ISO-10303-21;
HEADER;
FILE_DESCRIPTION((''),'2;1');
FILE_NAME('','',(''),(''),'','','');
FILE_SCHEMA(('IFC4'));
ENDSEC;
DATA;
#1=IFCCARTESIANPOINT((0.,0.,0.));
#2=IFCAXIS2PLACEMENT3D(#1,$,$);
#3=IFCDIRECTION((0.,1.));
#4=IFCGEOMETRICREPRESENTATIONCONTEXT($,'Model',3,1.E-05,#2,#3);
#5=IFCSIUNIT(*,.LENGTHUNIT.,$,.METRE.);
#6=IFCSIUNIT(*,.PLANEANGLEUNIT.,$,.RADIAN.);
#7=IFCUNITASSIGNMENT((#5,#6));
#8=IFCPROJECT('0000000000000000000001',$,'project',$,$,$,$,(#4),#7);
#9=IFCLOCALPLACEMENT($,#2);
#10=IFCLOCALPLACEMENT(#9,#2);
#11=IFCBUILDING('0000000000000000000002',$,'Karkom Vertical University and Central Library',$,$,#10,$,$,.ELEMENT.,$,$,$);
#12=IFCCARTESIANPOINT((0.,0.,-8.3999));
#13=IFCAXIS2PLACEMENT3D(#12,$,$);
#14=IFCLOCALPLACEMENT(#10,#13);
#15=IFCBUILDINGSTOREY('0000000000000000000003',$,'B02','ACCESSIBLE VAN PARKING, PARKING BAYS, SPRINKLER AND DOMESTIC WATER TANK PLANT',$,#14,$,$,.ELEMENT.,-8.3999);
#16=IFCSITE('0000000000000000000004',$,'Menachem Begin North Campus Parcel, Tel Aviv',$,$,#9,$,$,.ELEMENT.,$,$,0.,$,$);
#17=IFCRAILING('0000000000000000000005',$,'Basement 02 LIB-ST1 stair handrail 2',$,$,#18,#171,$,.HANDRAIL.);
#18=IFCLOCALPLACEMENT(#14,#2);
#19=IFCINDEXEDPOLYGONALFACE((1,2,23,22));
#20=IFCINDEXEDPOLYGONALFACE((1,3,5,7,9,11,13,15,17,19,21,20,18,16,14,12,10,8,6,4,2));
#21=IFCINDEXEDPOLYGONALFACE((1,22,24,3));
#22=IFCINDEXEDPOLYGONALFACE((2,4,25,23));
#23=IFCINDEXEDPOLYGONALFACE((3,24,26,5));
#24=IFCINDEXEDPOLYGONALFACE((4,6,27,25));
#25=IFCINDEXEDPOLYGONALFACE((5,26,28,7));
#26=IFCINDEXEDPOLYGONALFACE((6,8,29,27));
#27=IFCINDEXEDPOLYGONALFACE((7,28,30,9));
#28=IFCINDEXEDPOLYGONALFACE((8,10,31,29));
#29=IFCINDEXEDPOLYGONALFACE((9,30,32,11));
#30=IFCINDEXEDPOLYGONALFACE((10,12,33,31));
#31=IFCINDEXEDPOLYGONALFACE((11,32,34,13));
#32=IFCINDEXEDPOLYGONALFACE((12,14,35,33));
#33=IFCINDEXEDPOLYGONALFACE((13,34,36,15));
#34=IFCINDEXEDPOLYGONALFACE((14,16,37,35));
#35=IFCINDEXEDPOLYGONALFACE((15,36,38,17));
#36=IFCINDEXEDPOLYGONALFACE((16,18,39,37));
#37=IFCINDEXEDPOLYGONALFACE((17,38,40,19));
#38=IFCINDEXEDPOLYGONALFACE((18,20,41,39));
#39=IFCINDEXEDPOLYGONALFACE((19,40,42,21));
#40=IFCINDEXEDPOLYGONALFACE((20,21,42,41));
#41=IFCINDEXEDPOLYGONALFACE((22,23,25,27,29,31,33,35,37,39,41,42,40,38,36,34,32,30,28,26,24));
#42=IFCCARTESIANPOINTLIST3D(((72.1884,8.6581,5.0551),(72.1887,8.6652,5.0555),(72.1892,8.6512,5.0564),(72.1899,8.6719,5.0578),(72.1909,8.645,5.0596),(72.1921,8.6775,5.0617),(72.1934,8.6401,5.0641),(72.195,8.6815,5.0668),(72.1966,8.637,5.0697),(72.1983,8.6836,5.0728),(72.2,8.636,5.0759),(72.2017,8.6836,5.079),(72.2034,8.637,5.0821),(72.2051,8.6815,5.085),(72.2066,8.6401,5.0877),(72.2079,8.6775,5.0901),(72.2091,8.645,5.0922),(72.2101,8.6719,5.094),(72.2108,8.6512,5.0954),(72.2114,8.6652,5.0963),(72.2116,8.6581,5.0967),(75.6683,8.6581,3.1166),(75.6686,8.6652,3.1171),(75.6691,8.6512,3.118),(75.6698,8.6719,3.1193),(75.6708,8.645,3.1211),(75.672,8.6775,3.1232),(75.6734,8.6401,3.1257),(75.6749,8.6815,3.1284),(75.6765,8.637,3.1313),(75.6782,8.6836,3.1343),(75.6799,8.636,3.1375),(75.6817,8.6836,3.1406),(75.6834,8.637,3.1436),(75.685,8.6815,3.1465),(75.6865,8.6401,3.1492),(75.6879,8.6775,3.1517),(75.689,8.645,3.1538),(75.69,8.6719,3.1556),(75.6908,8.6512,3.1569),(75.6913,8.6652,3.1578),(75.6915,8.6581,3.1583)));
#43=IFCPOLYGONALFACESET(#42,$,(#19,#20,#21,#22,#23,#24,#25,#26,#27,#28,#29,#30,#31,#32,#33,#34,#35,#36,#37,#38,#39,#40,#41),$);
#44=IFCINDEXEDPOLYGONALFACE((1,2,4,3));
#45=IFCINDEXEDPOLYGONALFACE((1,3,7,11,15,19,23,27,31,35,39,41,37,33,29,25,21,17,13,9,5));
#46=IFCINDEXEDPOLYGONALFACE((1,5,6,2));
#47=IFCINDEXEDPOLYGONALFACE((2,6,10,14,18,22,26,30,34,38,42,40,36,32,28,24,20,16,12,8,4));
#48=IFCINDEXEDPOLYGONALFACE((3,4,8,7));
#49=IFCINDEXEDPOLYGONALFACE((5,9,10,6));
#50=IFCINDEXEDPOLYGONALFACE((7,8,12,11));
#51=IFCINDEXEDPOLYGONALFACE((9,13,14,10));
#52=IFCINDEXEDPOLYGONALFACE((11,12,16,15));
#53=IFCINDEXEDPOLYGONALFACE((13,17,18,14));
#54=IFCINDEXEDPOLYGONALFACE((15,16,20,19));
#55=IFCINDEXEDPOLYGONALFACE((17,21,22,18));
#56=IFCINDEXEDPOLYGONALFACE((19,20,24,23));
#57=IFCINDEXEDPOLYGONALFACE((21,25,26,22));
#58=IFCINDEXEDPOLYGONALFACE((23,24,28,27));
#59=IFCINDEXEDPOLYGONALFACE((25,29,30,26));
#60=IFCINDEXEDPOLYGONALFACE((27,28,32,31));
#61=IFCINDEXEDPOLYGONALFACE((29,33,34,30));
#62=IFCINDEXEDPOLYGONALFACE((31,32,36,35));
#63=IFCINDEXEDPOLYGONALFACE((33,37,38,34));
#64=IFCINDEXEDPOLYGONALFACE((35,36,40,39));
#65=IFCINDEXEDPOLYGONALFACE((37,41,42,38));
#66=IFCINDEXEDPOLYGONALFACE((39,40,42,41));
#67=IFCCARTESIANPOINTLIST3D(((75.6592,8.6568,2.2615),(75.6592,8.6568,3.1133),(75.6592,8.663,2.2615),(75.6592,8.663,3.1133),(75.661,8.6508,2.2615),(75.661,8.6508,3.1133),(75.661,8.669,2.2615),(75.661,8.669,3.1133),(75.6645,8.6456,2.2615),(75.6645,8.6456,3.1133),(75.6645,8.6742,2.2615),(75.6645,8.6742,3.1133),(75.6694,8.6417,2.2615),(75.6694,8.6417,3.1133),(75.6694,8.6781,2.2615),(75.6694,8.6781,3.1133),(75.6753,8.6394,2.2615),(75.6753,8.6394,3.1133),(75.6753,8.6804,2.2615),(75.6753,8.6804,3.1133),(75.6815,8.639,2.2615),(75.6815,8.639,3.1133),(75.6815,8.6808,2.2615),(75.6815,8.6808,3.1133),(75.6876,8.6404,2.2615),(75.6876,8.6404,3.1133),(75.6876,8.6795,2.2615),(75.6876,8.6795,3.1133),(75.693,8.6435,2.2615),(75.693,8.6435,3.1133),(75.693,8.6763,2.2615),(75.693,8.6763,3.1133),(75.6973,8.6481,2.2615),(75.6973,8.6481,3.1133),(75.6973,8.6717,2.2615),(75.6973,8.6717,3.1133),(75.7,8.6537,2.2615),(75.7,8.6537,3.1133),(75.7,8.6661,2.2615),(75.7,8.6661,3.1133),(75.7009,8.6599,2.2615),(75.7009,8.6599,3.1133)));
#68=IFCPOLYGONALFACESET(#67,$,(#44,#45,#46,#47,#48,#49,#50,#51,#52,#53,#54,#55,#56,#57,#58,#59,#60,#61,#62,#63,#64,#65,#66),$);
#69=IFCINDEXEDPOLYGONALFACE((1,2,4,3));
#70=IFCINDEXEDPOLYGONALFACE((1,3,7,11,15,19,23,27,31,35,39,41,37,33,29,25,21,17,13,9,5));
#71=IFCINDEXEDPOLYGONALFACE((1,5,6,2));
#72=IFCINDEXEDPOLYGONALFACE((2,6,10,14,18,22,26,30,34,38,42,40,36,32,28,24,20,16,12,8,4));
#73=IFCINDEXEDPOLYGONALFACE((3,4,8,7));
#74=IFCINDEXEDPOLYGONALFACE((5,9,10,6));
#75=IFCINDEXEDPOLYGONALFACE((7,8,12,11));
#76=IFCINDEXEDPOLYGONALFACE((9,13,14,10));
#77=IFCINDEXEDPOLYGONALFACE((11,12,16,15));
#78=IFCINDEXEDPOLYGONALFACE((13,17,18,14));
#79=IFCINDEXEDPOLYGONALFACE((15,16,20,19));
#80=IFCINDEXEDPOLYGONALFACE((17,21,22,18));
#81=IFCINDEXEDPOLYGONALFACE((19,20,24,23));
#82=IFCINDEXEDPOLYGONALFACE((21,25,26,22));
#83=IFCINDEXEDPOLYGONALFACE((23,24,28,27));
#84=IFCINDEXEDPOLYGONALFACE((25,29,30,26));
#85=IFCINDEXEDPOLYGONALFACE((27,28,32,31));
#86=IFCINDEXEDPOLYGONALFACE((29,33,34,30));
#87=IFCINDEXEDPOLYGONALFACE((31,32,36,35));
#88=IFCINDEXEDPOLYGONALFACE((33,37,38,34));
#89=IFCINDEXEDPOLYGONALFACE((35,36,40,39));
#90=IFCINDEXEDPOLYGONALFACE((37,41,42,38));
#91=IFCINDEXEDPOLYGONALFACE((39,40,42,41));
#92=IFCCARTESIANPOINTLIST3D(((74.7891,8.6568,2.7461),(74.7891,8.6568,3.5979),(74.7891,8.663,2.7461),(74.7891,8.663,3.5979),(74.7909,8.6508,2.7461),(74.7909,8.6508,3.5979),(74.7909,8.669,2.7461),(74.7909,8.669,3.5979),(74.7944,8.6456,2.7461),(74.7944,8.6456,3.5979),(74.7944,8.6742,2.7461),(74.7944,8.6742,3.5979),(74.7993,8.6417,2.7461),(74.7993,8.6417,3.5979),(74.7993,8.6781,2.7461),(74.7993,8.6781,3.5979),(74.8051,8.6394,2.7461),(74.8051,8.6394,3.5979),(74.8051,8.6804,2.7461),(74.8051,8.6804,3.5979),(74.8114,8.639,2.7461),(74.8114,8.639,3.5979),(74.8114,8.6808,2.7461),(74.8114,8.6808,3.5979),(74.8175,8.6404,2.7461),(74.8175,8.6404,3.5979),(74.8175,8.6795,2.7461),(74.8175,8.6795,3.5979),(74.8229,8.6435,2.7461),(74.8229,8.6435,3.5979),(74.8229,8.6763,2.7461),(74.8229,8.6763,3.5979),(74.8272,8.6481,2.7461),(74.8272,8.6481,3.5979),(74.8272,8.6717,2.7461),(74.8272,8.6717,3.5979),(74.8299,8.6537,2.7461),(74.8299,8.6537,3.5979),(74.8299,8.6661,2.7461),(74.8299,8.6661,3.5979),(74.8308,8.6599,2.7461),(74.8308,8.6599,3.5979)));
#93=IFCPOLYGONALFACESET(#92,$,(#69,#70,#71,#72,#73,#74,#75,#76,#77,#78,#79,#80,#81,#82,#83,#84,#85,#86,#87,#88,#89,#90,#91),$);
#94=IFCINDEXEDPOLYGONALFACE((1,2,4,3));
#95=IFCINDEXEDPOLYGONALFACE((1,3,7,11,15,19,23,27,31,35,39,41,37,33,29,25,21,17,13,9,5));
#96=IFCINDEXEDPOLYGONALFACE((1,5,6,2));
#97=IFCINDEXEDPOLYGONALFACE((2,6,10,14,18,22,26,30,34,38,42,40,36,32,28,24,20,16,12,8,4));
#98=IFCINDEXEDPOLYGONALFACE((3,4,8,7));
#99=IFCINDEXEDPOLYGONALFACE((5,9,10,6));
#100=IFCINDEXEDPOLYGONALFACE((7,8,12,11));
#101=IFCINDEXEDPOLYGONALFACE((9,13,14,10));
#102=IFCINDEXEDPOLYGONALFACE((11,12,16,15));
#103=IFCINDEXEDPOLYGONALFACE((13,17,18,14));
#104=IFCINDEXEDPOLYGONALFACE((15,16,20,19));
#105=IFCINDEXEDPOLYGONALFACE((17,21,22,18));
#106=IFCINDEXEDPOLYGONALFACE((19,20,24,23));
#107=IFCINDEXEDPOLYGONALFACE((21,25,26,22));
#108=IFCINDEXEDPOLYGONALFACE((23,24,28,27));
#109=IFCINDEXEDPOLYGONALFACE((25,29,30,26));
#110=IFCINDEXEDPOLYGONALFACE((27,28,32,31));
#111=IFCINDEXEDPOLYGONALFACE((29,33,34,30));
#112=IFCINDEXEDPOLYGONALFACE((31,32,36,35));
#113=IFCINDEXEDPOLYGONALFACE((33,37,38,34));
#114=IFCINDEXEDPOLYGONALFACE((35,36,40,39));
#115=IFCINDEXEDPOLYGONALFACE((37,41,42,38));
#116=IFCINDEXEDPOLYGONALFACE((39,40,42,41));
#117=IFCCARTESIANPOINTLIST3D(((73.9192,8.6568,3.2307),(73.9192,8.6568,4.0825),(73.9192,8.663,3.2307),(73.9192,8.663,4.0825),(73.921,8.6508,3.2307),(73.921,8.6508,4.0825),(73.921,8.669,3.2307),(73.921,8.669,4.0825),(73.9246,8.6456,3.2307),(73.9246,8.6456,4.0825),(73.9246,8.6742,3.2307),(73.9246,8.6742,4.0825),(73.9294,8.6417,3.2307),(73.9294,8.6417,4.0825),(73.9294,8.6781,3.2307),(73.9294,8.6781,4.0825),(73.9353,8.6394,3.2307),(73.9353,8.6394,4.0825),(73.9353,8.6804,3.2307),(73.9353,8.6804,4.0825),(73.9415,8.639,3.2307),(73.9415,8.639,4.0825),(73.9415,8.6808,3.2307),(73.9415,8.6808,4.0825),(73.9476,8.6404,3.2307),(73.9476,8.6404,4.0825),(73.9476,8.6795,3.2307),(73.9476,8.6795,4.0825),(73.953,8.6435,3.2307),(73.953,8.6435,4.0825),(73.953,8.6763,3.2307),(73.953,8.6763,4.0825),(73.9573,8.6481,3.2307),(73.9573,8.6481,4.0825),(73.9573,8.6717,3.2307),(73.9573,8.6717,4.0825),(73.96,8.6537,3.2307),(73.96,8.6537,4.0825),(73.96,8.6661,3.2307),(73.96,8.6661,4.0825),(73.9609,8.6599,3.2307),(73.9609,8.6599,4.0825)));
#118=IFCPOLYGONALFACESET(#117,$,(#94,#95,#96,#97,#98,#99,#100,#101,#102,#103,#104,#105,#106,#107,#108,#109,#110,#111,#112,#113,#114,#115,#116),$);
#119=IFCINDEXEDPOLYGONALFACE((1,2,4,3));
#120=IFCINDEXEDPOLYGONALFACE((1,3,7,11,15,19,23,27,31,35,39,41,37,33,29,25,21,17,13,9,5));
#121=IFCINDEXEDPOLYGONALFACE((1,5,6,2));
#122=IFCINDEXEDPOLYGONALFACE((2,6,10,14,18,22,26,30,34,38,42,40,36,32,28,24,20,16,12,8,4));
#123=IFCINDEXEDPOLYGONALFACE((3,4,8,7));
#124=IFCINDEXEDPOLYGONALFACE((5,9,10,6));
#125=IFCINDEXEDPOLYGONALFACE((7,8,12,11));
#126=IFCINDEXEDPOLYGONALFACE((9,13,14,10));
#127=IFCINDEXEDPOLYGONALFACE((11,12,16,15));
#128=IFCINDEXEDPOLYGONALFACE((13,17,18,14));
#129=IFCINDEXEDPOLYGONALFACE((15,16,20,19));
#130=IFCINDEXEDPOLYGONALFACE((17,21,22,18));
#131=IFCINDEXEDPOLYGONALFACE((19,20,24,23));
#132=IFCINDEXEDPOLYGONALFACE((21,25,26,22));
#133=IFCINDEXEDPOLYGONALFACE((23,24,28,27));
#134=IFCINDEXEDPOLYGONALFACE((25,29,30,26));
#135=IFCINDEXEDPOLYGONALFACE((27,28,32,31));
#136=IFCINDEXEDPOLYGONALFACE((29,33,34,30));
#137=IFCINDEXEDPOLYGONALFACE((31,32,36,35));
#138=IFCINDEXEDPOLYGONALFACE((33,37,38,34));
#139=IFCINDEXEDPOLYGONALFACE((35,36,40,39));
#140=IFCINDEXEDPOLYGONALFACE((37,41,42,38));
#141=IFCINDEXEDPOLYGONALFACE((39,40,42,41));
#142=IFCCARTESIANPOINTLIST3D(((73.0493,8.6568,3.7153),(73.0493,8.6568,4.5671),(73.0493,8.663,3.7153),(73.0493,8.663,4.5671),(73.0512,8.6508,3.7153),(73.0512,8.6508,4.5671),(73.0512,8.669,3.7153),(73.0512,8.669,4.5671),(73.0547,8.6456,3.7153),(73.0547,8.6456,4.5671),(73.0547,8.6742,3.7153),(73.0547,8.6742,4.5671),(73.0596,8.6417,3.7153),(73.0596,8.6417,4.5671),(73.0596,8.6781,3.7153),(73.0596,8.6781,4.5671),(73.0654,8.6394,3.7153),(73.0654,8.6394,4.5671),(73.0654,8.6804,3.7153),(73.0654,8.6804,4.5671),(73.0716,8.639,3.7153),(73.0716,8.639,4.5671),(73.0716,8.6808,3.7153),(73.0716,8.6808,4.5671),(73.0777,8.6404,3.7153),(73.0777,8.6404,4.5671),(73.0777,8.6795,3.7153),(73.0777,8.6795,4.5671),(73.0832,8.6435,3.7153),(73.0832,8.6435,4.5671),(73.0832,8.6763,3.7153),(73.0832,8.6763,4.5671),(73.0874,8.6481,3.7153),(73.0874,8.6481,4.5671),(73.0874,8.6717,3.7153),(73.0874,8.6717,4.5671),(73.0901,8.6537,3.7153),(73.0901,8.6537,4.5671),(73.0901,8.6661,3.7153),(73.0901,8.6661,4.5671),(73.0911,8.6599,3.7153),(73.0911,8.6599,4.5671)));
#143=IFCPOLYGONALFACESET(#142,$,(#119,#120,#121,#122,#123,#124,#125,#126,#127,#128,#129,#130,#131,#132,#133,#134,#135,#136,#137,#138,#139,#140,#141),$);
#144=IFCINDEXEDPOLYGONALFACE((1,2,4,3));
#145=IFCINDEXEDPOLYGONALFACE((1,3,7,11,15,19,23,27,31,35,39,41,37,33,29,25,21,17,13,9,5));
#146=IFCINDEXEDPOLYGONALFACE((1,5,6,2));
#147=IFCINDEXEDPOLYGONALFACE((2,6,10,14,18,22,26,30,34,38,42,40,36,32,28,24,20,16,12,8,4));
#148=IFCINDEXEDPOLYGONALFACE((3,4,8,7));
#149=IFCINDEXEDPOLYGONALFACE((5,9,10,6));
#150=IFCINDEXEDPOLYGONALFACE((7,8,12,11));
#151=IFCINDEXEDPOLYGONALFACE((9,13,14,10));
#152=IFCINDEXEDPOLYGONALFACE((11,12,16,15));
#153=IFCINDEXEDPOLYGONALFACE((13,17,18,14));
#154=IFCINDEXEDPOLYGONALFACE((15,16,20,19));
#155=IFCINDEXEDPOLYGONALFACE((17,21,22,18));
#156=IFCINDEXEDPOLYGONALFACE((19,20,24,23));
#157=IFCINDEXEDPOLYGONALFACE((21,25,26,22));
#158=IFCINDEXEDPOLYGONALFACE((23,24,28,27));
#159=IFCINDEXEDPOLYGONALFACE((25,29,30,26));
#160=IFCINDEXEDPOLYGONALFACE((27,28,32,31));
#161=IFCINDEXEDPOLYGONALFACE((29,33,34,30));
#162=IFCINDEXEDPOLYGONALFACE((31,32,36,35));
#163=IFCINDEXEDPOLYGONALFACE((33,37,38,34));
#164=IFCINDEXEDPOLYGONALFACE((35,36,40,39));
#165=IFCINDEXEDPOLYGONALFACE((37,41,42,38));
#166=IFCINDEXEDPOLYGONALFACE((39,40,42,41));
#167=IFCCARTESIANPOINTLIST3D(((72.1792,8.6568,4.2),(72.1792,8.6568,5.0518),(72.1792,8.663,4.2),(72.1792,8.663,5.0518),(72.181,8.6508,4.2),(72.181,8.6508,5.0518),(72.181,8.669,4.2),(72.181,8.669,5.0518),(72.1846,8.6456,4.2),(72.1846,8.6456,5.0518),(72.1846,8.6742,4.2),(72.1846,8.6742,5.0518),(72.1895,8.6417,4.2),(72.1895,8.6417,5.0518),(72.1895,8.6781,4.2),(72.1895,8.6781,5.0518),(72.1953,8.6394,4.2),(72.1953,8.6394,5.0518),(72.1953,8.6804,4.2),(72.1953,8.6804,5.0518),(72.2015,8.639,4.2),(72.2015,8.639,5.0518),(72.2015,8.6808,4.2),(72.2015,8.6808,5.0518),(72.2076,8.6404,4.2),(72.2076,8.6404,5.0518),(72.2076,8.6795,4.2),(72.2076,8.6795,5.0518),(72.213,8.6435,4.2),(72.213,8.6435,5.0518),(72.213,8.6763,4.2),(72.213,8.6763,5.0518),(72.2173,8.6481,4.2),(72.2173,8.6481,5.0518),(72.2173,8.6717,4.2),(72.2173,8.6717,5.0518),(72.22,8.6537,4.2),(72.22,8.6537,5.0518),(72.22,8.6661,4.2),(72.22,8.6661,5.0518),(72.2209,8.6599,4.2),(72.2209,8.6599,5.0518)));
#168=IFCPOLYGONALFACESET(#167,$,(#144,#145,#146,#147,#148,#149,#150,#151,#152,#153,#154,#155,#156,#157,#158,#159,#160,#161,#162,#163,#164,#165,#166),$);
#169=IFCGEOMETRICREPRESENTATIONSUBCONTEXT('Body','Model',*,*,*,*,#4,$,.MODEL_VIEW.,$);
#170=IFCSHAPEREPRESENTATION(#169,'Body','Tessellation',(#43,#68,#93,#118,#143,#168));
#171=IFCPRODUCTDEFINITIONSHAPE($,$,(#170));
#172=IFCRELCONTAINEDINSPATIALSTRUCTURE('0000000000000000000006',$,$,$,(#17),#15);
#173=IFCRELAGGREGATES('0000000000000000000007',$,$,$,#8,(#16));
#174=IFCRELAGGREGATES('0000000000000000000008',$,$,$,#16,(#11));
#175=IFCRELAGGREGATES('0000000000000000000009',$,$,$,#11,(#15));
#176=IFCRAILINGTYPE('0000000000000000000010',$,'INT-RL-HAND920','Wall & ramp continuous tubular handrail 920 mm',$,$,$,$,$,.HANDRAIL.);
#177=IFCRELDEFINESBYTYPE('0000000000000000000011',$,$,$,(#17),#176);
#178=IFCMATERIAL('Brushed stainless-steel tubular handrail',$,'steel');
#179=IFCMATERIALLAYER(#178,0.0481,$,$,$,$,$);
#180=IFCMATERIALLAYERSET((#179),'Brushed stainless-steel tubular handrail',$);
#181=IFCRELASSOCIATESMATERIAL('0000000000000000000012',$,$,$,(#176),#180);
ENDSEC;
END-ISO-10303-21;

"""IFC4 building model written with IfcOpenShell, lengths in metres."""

from ifc_helpers import new_model, si_unit, direction, frame, origin, origin_2d, place, context, subcontext, project, spatial, circle, extrude, material, layer, layer_set, type_object, element, save


model = new_model("IFC4")

# Units and contexts
model_context = context("Model", 3, precision=1e-05, world=origin(), true_north=direction((0.0, 1.0)))
body_context = subcontext(model_context, "Body", "Model", "MODEL_VIEW")
ifc_project = project(units=[si_unit("LENGTHUNIT", "METRE"), si_unit("PLANEANGLEUNIT", "RADIAN")], contexts=[model_context])

# Site, building, storey
site_placement = place(None, origin())
site = spatial("IfcSite", under=ifc_project, at=site_placement, Name="Menachem Begin North Campus Parcel, Tel Aviv", CompositionType="ELEMENT", RefElevation=0.0)
building_placement = place(site_placement, origin())
building = spatial("IfcBuilding", under=site, at=building_placement, Name="Karkom Vertical University and Central Library", CompositionType="ELEMENT")
storey_placement = place(building_placement, frame((0.0, 0.0, -8.3999)))
storey = spatial("IfcBuildingStorey", under=building, at=storey_placement, Name="B02", Description="ACCESSIBLE VAN PARKING, PARKING BAYS, SPRINKLER AND DOMESTIC WATER TANK PLANT", CompositionType="ELEMENT", Elevation=-8.3999)

# Railing
ifc_material_1 = material(Name="Brushed stainless-steel tubular handrail", Category="steel")
ifc_layer_1 = layer(ifc_material_1, 0.0481)
ifc_layer_set_1 = layer_set([ifc_layer_1], Name="Brushed stainless-steel tubular handrail")
railing_type_1 = type_object("IfcRailingType", Name="INT-RL-HAND920", Description="Wall & ramp continuous tubular handrail 920 mm", PredefinedType="HANDRAIL", material=ifc_layer_set_1)
railing_1_placement = place(storey_placement, frame((75.6799, 8.6599, 2.2615)))
element("IfcRailing", 1, at=railing_1_placement, inside=storey, type_object=railing_type_1, Name="Basement 02 LIB-ST1 stair handrail 2", PredefinedType="HANDRAIL", context=body_context, shape_type="SweptSolid", body=[
    extrude(circle(Radius=0.0239, at=origin_2d()), frame((0.0, 0.0, 0.876), z_axis=(-0.873607, 0.0, 0.486631), x_axis=(0.0, -1.0, 0.0)), (0.0, 0.0, 1.0), 3.9834),
    extrude(circle(Radius=0.021, at=origin_2d()), origin(), (0.0, 0.0, 1.0), 0.8518),
    extrude(circle(Radius=0.021, at=origin_2d()), frame((-0.8701, 0.0, 0.4846)), (0.0, 0.0, 1.0), 0.8518),
    extrude(circle(Radius=0.021, at=origin_2d()), frame((-1.74, 0.0, 0.9692)), (0.0, 0.0, 1.0), 0.8518),
    extrude(circle(Radius=0.021, at=origin_2d()), frame((-2.6099, 0.0, 1.4539)), (0.0, 0.0, 1.0), 0.8518),
    extrude(circle(Radius=0.021, at=origin_2d()), frame((-3.48, 0.0, 1.9385)), (0.0, 0.0, 1.0), 0.8518),
])

save(model, "model.ifc")
